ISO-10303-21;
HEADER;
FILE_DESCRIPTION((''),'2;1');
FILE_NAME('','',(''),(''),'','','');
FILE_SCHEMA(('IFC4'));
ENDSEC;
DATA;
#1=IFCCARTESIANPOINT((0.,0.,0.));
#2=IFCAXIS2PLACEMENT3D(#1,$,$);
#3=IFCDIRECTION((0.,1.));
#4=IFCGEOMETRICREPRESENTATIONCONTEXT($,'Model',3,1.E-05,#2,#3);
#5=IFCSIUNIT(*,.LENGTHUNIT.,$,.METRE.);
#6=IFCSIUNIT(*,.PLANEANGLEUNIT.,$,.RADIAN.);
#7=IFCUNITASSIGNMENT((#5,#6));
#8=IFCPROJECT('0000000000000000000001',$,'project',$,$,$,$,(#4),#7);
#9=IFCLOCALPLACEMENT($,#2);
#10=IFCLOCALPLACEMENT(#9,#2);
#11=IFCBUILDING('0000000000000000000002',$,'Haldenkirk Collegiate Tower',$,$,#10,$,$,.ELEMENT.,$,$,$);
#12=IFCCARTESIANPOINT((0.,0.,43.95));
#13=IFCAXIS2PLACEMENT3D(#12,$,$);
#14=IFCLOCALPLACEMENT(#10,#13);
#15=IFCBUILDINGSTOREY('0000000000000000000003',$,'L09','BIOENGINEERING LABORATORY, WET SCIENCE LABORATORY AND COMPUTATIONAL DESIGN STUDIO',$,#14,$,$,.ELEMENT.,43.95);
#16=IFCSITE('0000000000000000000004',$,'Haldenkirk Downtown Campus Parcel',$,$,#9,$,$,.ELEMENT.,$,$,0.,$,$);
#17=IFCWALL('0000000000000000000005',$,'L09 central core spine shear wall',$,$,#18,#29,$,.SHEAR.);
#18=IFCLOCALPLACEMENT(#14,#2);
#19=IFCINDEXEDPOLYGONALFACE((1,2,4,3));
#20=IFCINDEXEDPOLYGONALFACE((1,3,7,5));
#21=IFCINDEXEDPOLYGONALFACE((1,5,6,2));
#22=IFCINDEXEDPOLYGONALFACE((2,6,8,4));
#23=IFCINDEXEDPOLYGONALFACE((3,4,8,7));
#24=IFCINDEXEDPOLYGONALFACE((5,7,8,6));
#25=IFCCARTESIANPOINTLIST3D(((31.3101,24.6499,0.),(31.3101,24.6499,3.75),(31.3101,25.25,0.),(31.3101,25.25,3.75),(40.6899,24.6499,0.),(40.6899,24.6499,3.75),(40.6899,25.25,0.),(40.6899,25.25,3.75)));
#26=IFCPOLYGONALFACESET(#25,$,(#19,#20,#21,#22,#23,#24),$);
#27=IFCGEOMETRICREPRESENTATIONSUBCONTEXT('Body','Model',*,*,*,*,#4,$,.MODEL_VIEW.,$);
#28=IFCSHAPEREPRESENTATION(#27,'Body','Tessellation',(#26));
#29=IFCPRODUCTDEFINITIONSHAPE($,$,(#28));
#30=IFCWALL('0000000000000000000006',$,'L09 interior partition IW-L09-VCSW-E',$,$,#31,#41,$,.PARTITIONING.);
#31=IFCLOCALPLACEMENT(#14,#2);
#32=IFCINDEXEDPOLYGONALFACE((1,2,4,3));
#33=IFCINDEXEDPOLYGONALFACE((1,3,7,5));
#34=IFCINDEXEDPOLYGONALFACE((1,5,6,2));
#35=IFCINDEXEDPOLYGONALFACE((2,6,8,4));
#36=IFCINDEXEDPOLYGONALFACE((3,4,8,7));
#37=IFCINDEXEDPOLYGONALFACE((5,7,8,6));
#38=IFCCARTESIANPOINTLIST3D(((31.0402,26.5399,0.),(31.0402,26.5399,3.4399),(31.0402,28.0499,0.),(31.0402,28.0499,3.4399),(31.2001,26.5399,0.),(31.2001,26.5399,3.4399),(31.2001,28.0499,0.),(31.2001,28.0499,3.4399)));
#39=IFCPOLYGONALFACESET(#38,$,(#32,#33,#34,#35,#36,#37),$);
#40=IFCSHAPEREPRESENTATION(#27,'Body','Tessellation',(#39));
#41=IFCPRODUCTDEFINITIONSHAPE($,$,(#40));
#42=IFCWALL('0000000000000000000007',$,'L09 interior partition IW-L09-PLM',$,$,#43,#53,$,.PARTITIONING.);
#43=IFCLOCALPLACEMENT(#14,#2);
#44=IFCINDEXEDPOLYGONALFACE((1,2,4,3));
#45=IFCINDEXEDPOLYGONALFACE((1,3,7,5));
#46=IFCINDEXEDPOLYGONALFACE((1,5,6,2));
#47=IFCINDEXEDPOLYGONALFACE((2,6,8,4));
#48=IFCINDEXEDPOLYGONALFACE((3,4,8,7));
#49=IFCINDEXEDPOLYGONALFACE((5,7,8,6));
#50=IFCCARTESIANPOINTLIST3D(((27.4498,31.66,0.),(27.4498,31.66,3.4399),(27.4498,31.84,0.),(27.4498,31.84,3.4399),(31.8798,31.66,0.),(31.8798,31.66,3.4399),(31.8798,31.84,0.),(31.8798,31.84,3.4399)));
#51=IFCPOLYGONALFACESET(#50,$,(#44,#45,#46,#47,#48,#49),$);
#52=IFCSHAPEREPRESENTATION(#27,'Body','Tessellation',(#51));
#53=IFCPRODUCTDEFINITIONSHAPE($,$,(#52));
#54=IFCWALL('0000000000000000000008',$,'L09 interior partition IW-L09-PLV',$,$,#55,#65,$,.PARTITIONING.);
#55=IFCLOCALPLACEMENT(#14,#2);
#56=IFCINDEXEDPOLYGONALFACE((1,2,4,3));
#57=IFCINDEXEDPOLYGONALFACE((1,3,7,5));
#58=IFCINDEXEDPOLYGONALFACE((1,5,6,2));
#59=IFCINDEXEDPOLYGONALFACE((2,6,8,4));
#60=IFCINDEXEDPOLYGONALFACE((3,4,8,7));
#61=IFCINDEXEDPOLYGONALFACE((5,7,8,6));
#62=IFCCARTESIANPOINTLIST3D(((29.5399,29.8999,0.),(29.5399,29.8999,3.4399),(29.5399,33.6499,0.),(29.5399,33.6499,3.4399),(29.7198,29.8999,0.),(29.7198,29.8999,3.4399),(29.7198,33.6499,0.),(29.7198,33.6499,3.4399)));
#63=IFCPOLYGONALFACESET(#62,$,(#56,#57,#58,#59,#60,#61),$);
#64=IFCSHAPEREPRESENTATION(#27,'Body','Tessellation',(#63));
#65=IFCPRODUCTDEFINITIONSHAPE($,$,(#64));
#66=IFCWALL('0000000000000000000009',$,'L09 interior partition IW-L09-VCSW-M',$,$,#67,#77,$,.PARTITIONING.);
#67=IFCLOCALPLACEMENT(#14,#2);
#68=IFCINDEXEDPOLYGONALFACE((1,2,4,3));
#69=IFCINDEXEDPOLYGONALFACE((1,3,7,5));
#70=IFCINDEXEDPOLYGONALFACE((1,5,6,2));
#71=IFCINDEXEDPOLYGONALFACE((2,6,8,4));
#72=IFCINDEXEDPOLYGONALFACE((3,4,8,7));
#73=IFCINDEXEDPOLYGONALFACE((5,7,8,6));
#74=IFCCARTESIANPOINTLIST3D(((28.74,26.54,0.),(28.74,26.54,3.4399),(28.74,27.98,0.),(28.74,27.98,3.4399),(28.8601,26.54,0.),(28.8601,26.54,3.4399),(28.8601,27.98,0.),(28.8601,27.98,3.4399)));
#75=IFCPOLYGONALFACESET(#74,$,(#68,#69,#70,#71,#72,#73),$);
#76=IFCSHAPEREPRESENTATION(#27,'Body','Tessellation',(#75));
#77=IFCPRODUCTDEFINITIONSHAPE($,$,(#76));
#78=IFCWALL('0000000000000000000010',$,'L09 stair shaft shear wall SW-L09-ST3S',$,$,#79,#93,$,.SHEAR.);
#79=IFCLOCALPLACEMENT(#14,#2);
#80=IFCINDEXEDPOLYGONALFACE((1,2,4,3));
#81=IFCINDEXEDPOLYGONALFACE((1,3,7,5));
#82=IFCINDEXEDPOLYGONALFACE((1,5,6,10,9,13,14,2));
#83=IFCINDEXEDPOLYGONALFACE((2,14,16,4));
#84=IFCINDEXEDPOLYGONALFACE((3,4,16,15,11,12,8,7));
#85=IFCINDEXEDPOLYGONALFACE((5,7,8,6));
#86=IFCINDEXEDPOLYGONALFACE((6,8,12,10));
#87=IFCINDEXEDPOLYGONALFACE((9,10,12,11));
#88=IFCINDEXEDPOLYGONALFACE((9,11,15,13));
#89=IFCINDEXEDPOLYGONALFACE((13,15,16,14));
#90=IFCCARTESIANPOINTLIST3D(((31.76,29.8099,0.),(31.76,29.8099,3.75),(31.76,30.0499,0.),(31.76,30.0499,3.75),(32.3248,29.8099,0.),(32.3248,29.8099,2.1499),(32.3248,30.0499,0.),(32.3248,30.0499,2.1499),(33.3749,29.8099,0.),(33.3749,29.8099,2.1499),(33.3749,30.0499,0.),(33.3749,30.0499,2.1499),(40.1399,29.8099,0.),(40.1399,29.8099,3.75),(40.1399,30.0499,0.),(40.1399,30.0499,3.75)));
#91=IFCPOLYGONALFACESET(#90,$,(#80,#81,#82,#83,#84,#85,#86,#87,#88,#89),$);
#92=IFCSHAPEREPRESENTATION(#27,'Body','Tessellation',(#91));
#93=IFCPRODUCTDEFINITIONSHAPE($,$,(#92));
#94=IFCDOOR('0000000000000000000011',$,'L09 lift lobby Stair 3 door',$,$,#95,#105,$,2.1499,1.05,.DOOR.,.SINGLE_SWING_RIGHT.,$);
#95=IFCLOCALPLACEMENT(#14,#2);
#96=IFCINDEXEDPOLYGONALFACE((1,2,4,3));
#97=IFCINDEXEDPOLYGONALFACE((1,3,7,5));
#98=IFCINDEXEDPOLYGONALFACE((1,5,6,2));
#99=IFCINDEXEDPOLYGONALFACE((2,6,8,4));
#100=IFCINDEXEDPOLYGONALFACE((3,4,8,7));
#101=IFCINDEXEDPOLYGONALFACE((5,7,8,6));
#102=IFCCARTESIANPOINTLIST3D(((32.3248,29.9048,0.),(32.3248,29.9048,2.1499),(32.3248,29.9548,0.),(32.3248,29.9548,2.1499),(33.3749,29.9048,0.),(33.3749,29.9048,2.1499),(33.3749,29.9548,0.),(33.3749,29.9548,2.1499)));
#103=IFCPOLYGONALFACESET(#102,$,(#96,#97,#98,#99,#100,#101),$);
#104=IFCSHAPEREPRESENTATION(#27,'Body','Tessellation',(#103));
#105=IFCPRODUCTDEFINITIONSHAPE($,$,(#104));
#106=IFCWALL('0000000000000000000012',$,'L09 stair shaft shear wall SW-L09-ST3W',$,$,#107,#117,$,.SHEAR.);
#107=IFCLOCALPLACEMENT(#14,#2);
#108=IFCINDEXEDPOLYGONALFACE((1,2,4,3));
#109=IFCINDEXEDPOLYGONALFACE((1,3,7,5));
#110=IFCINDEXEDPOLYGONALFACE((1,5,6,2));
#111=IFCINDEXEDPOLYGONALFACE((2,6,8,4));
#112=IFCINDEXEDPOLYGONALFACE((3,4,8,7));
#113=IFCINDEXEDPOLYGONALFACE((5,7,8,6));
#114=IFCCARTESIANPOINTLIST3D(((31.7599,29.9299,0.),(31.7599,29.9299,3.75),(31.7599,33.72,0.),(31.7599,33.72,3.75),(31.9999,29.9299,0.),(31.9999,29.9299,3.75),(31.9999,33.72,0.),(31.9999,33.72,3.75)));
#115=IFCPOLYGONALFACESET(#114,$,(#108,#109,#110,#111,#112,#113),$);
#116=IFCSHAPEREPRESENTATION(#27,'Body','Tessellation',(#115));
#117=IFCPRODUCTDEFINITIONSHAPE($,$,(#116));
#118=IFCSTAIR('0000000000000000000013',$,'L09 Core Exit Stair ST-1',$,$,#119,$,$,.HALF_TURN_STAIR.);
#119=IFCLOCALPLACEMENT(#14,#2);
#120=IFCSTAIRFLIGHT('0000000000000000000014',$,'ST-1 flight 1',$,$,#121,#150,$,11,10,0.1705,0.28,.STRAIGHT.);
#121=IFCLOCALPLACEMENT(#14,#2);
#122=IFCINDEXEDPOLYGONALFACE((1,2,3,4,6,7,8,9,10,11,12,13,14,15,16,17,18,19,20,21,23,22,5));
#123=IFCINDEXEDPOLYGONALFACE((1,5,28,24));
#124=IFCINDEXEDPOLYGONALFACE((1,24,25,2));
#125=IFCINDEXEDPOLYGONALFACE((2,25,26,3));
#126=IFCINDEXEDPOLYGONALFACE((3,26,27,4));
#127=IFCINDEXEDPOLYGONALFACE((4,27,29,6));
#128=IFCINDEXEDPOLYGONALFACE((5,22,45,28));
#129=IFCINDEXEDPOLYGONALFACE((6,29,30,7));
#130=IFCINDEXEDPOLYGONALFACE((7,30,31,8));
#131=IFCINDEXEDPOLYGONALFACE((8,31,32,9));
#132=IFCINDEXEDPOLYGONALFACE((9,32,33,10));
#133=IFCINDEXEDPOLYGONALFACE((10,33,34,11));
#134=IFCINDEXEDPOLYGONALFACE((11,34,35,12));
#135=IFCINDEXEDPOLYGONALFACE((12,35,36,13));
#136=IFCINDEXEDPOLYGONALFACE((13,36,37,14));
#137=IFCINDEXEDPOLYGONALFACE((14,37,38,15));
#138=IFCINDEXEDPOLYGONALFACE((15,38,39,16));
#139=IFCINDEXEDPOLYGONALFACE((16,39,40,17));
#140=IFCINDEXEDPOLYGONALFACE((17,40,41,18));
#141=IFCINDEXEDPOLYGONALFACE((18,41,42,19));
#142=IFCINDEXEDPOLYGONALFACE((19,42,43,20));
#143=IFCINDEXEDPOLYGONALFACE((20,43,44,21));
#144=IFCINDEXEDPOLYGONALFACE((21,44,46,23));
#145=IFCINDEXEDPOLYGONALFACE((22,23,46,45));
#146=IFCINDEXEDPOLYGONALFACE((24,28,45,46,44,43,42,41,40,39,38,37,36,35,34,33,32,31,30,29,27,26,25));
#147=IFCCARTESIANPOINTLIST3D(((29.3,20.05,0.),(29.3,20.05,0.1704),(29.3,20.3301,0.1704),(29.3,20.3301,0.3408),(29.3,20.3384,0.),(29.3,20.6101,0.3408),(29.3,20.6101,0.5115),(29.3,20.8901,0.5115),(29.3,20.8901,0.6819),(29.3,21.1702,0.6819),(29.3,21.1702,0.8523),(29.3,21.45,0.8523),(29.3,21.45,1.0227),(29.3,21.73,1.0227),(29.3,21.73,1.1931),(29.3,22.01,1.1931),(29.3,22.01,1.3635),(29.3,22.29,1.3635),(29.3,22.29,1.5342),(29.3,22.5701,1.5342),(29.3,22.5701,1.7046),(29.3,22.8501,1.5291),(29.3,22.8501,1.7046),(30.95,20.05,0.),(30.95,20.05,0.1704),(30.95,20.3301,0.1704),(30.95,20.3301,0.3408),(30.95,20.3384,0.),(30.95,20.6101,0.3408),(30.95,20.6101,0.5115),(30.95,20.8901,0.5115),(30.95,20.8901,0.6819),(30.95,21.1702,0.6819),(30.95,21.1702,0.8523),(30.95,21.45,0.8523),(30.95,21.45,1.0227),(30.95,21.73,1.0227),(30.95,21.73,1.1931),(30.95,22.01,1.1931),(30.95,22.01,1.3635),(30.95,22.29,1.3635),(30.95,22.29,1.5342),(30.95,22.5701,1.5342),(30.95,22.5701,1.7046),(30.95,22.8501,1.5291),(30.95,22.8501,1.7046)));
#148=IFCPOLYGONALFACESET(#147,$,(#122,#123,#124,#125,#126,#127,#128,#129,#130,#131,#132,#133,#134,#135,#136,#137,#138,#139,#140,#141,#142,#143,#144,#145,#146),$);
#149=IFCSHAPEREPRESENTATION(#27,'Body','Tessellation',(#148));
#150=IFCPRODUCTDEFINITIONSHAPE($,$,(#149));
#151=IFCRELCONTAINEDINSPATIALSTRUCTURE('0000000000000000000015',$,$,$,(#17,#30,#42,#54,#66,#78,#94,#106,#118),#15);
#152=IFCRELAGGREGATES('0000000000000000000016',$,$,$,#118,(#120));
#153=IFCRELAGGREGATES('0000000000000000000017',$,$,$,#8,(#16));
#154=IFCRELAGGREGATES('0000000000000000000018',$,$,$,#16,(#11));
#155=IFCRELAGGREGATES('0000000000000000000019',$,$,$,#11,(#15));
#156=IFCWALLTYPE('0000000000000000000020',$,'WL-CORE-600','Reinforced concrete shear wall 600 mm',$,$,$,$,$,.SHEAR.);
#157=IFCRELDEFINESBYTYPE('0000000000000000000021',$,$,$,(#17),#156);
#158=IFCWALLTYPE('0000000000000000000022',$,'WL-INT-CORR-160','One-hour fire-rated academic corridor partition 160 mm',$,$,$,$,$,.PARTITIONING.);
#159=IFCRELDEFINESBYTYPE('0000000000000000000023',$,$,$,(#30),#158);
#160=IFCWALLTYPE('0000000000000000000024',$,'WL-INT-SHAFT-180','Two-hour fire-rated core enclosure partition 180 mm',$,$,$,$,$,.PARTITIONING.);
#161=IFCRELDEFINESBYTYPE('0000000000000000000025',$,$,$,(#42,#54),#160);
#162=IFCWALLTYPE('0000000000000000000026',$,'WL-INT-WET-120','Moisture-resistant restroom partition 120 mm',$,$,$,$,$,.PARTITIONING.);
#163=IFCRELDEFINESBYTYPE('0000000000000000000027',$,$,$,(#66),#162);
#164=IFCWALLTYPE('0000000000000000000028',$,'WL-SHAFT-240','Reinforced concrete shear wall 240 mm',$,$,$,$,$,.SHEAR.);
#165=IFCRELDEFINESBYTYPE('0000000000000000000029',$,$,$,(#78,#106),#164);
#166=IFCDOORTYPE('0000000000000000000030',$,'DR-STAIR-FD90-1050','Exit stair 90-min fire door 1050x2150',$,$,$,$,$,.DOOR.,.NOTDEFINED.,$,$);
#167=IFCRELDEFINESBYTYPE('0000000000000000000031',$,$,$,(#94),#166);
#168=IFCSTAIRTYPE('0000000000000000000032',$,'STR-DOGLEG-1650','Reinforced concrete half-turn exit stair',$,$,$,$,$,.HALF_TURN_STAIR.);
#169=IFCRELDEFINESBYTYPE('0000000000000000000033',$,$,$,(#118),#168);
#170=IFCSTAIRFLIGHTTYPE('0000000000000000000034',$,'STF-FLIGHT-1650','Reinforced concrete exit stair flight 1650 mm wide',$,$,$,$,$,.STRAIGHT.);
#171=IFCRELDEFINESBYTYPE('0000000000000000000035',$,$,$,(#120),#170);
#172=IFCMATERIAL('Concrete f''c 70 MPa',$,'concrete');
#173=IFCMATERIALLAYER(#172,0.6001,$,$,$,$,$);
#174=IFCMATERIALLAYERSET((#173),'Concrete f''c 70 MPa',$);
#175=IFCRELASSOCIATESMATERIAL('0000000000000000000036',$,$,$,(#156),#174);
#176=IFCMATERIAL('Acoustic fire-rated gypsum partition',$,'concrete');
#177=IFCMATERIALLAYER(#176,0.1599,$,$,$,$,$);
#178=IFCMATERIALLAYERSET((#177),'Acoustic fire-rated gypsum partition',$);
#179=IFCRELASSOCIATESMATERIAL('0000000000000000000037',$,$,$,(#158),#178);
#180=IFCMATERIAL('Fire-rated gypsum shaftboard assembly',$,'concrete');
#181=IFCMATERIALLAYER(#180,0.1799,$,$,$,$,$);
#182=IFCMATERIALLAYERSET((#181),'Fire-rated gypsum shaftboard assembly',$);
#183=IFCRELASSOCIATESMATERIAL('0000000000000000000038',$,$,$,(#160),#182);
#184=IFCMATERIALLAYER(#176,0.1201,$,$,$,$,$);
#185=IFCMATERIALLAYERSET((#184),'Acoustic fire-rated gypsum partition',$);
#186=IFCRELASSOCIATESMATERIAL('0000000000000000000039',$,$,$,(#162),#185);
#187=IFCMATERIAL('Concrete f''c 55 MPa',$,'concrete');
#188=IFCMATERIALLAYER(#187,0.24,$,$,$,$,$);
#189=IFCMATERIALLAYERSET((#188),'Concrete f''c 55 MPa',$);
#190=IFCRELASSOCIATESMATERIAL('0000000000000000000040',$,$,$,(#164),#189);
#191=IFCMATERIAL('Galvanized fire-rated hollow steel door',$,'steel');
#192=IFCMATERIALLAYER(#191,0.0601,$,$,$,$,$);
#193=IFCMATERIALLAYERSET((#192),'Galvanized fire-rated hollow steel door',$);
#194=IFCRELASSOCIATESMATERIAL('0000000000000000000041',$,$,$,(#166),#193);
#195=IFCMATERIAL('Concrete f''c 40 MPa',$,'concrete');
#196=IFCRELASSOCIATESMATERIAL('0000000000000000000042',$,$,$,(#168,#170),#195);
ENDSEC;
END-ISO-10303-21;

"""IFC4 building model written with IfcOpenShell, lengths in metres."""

from ifc_helpers import new_model, si_unit, direction, frame, frame_2d, origin, place, context, subcontext, project, spatial, polyline, rectangle, outline, extrude, material, layer, layer_set, type_object, element, fill, aggregate, save


model = new_model("IFC4")

# Units and contexts
model_context = context("Model", 3, precision=1e-05, world=origin(), true_north=direction((0.0, 1.0)))
body_context = subcontext(model_context, "Body", "Model", "MODEL_VIEW")
ifc_project = project(units=[si_unit("LENGTHUNIT", "METRE"), si_unit("PLANEANGLEUNIT", "RADIAN")], contexts=[model_context])

# Site, building, storey
site_placement = place(None, origin())
site = spatial("IfcSite", under=ifc_project, at=site_placement, Name="Haldenkirk Downtown Campus Parcel", CompositionType="ELEMENT", RefElevation=0.0)
building_placement = place(site_placement, origin())
building = spatial("IfcBuilding", under=site, at=building_placement, Name="Haldenkirk Collegiate Tower", CompositionType="ELEMENT")
storey_placement = place(building_placement, frame((0.0, 0.0, 43.95)))
storey = spatial("IfcBuildingStorey", under=building, at=storey_placement, Name="L09", Description="BIOENGINEERING LABORATORY, WET SCIENCE LABORATORY AND COMPUTATIONAL DESIGN STUDIO", CompositionType="ELEMENT", Elevation=43.95)

# Walls
ifc_material_1 = material(Name="Concrete f'c 70 MPa", Category="concrete")
ifc_layer_1 = layer(ifc_material_1, 0.6001)
ifc_layer_set_1 = layer_set([ifc_layer_1], Name="Concrete f'c 70 MPa")
wall_type_1 = type_object("IfcWallType", Name="WL-CORE-600", Description="Reinforced concrete shear wall 600 mm", PredefinedType="SHEAR", material=ifc_layer_set_1)
wall_1_placement = place(storey_placement, frame((31.3101, 24.95, 0.0), z_axis=(0.0, 0.0, 1.0), x_axis=(1.0, 0.0, 0.0)))
element("IfcWall", 1, at=wall_1_placement, inside=storey, type_object=wall_type_1, Name="L09 central core spine shear wall", PredefinedType="SHEAR", context=body_context, shape_type="SweptSolid", body=[
    extrude(rectangle(XDim=9.3799, YDim=0.6001, at=frame_2d((4.6899, 0.0))), origin(), (0.0, 0.0, 1.0), 3.75),
])
ifc_material_2 = material(Name="Acoustic fire-rated gypsum partition", Category="concrete")
ifc_layer_2 = layer(ifc_material_2, 0.1599)
ifc_layer_set_2 = layer_set([ifc_layer_2], Name="Acoustic fire-rated gypsum partition")
wall_type_2 = type_object("IfcWallType", Name="WL-INT-CORR-160", Description="One-hour fire-rated academic corridor partition 160 mm", PredefinedType="PARTITIONING", material=ifc_layer_set_2)
wall_2_placement = place(storey_placement, frame((31.1201, 26.54, 0.0), z_axis=(0.0, 0.0, 1.0), x_axis=(0.0, 1.0, 0.0)))
element("IfcWall", 2, at=wall_2_placement, inside=storey, type_object=wall_type_2, Name="L09 interior partition IW-L09-VCSW-E", PredefinedType="PARTITIONING", context=body_context, shape_type="SweptSolid", body=[
    extrude(rectangle(XDim=1.51, YDim=0.1599, at=frame_2d((0.7549, 0.0))), origin(), (0.0, 0.0, 1.0), 3.4399),
])

# Shared definitions
ifc_material_3 = material(Name="Fire-rated gypsum shaftboard assembly", Category="concrete")
ifc_layer_3 = layer(ifc_material_3, 0.1799)
ifc_layer_set_3 = layer_set([ifc_layer_3], Name="Fire-rated gypsum shaftboard assembly")
wall_type_3 = type_object("IfcWallType", Name="WL-INT-SHAFT-180", Description="Two-hour fire-rated core enclosure partition 180 mm", PredefinedType="PARTITIONING", material=ifc_layer_set_3)

# Walls
wall_3_placement = place(storey_placement, frame((27.45, 31.75, 0.0), z_axis=(0.0, 0.0, 1.0), x_axis=(1.0, 0.0, 0.0)))
element("IfcWall", 3, at=wall_3_placement, inside=storey, type_object=wall_type_3, Name="L09 interior partition IW-L09-PLM", PredefinedType="PARTITIONING", context=body_context, shape_type="SweptSolid", body=[
    extrude(rectangle(XDim=4.4299, YDim=0.1799, at=frame_2d((2.2148, 0.0))), origin(), (0.0, 0.0, 1.0), 3.4399),
])
wall_4_placement = place(storey_placement, frame((29.6299, 29.8999, 0.0), z_axis=(0.0, 0.0, 1.0), x_axis=(0.0, 1.0, 0.0)))
element("IfcWall", 4, at=wall_4_placement, inside=storey, type_object=wall_type_3, Name="L09 interior partition IW-L09-PLV", PredefinedType="PARTITIONING", context=body_context, shape_type="SweptSolid", body=[
    extrude(rectangle(XDim=3.75, YDim=0.1799, at=frame_2d((1.875, 0.0))), origin(), (0.0, 0.0, 1.0), 3.4399),
])

# Shared definitions
ifc_material_4 = material(Name="Galvanized fire-rated hollow steel door", Category="steel")

# Wall
ifc_layer_4 = layer(ifc_material_2, 0.1201)
ifc_layer_set_4 = layer_set([ifc_layer_4], Name="Acoustic fire-rated gypsum partition")
wall_type_4 = type_object("IfcWallType", Name="WL-INT-WET-120", Description="Moisture-resistant restroom partition 120 mm", PredefinedType="PARTITIONING", material=ifc_layer_set_4)
wall_5_placement = place(storey_placement, frame((28.8, 26.54, 0.0), z_axis=(0.0, 0.0, 1.0), x_axis=(0.0, 1.0, 0.0)))
element("IfcWall", 5, at=wall_5_placement, inside=storey, type_object=wall_type_4, Name="L09 interior partition IW-L09-VCSW-M", PredefinedType="PARTITIONING", context=body_context, shape_type="SweptSolid", body=[
    extrude(rectangle(XDim=1.4399, YDim=0.1201, at=frame_2d((0.72, 0.0))), origin(), (0.0, 0.0, 1.0), 3.4399),
])

# Wall, opening, door
ifc_material_5 = material(Name="Concrete f'c 55 MPa", Category="concrete")
ifc_layer_5 = layer(ifc_material_5, 0.24)
ifc_layer_set_5 = layer_set([ifc_layer_5], Name="Concrete f'c 55 MPa")
wall_type_5 = type_object("IfcWallType", Name="WL-SHAFT-240", Description="Reinforced concrete shear wall 240 mm", PredefinedType="SHEAR", material=ifc_layer_set_5)
wall_6_placement = place(storey_placement, frame((31.76, 29.9299, 0.0), z_axis=(0.0, 0.0, 1.0), x_axis=(1.0, 0.0, 0.0)))
wall_6 = element("IfcWall", 6, at=wall_6_placement, inside=storey, type_object=wall_type_5, Name="L09 stair shaft shear wall SW-L09-ST3S", PredefinedType="SHEAR", context=body_context, shape_type="SweptSolid", body=[
    extrude(rectangle(XDim=8.3799, YDim=0.24, at=frame_2d((4.1899, 0.0))), origin(), (0.0, 0.0, 1.0), 3.75),
])
opening_1_placement = place(wall_6_placement, frame((0.5649, 0.0, 0.0)))
opening_1 = element("IfcOpeningElement", 7, at=opening_1_placement, cuts=wall_6, PredefinedType="OPENING", context=body_context, shape_type="SweptSolid", body=[
    extrude(rectangle(XDim=1.05, YDim=2.1499, at=frame_2d((0.5249, 1.075))), frame((0.0, 0.1299, 0.0), z_axis=(0.0, -1.0, 0.0), x_axis=(1.0, 0.0, 0.0)), (0.0, 0.0, 1.0), 0.26),
])
ifc_layer_6 = layer(ifc_material_4, 0.0601)
ifc_layer_set_6 = layer_set([ifc_layer_6], Name="Galvanized fire-rated hollow steel door")
door_type_1 = type_object("IfcDoorType", Name="DR-STAIR-FD90-1050", Description="Exit stair 90-min fire door 1050x2150", OperationType="NOTDEFINED", PredefinedType="DOOR", material=ifc_layer_set_6)
door_1_placement = place(opening_1_placement, origin())
door_1 = element("IfcDoor", 8, at=door_1_placement, inside=storey, type_object=door_type_1, Name="L09 lift lobby Stair 3 door", OperationType="SINGLE_SWING_RIGHT", OverallHeight=2.1499, OverallWidth=1.05, PredefinedType="DOOR", context=body_context, shape_type="SweptSolid", body=[
    extrude(rectangle(XDim=1.05, YDim=2.1499, at=frame_2d((0.5249, 1.075))), frame((0.0, 0.0249, 0.0), z_axis=(0.0, -1.0, 0.0), x_axis=(1.0, 0.0, 0.0)), (0.0, 0.0, 1.0), 0.05),
])
fill(opening_1, door_1)

# Wall
wall_7_placement = place(storey_placement, frame((31.8799, 29.9299, 0.0), z_axis=(0.0, 0.0, 1.0), x_axis=(0.0, 1.0, 0.0)))
element("IfcWall", 9, at=wall_7_placement, inside=storey, type_object=wall_type_5, Name="L09 stair shaft shear wall SW-L09-ST3W", PredefinedType="SHEAR", context=body_context, shape_type="SweptSolid", body=[
    extrude(rectangle(XDim=3.79, YDim=0.24, at=frame_2d((1.895, 0.0))), origin(), (0.0, 0.0, 1.0), 3.75),
])

# Stair, stair flight
ifc_material_6 = material(Name="Concrete f'c 40 MPa", Category="concrete")
stair_type = type_object("IfcStairType", Name="STR-DOGLEG-1650", Description="Reinforced concrete half-turn exit stair", PredefinedType="HALF_TURN_STAIR", material=ifc_material_6)
stair_placement = place(storey_placement, origin())
stair = element("IfcStair", 10, at=stair_placement, inside=storey, type_object=stair_type, Name="L09 Core Exit Stair ST-1", PredefinedType="HALF_TURN_STAIR")
stair_flight_type = type_object("IfcStairFlightType", Name="STF-FLIGHT-1650", Description="Reinforced concrete exit stair flight 1650 mm wide", PredefinedType="STRAIGHT", material=ifc_material_6)
stair_flight_1_placement = place(storey_placement, frame((30.125, 20.05, 0.0), z_axis=(0.0, 0.0, 1.0), x_axis=(0.0, 1.0, 0.0)))
stair_flight_1 = element("IfcStairFlight", 11, at=stair_flight_1_placement, type_object=stair_flight_type, Name="ST-1 flight 1", NumberOfRisers=11, NumberOfTreads=10, PredefinedType="STRAIGHT", RiserHeight=0.1705, TreadLength=0.28, context=body_context, shape_type="SweptSolid", body=[
    extrude(outline(polyline([(0.0, 0.0), (0.0, 0.1704), (0.28, 0.1704), (0.28, 0.3408), (0.5601, 0.3408), (0.5601, 0.5115), (0.8401, 0.5115), (0.8401, 0.6819), (1.1201, 0.6819), (1.1201, 0.8523), (1.3999, 0.8523), (1.3999, 1.0227), (1.6799, 1.0227), (1.6799, 1.1931), (1.96, 1.1931), (1.96, 1.3635), (2.24, 1.3635), (2.24, 1.5342), (2.52, 1.5342), (2.52, 1.7046), (2.8, 1.7046), (2.8, 1.875), (2.8, 1.5291), (0.2883, 0.0), (0.0, 0.0)])), frame((0.0, 0.825, 0.0), z_axis=(0.0, -1.0, 0.0), x_axis=(1.0, 0.0, 0.0)), (0.0, 0.0, 1.0), 1.6499),
])
aggregate(stair, [stair_flight_1])

save(model, "model.ifc")
